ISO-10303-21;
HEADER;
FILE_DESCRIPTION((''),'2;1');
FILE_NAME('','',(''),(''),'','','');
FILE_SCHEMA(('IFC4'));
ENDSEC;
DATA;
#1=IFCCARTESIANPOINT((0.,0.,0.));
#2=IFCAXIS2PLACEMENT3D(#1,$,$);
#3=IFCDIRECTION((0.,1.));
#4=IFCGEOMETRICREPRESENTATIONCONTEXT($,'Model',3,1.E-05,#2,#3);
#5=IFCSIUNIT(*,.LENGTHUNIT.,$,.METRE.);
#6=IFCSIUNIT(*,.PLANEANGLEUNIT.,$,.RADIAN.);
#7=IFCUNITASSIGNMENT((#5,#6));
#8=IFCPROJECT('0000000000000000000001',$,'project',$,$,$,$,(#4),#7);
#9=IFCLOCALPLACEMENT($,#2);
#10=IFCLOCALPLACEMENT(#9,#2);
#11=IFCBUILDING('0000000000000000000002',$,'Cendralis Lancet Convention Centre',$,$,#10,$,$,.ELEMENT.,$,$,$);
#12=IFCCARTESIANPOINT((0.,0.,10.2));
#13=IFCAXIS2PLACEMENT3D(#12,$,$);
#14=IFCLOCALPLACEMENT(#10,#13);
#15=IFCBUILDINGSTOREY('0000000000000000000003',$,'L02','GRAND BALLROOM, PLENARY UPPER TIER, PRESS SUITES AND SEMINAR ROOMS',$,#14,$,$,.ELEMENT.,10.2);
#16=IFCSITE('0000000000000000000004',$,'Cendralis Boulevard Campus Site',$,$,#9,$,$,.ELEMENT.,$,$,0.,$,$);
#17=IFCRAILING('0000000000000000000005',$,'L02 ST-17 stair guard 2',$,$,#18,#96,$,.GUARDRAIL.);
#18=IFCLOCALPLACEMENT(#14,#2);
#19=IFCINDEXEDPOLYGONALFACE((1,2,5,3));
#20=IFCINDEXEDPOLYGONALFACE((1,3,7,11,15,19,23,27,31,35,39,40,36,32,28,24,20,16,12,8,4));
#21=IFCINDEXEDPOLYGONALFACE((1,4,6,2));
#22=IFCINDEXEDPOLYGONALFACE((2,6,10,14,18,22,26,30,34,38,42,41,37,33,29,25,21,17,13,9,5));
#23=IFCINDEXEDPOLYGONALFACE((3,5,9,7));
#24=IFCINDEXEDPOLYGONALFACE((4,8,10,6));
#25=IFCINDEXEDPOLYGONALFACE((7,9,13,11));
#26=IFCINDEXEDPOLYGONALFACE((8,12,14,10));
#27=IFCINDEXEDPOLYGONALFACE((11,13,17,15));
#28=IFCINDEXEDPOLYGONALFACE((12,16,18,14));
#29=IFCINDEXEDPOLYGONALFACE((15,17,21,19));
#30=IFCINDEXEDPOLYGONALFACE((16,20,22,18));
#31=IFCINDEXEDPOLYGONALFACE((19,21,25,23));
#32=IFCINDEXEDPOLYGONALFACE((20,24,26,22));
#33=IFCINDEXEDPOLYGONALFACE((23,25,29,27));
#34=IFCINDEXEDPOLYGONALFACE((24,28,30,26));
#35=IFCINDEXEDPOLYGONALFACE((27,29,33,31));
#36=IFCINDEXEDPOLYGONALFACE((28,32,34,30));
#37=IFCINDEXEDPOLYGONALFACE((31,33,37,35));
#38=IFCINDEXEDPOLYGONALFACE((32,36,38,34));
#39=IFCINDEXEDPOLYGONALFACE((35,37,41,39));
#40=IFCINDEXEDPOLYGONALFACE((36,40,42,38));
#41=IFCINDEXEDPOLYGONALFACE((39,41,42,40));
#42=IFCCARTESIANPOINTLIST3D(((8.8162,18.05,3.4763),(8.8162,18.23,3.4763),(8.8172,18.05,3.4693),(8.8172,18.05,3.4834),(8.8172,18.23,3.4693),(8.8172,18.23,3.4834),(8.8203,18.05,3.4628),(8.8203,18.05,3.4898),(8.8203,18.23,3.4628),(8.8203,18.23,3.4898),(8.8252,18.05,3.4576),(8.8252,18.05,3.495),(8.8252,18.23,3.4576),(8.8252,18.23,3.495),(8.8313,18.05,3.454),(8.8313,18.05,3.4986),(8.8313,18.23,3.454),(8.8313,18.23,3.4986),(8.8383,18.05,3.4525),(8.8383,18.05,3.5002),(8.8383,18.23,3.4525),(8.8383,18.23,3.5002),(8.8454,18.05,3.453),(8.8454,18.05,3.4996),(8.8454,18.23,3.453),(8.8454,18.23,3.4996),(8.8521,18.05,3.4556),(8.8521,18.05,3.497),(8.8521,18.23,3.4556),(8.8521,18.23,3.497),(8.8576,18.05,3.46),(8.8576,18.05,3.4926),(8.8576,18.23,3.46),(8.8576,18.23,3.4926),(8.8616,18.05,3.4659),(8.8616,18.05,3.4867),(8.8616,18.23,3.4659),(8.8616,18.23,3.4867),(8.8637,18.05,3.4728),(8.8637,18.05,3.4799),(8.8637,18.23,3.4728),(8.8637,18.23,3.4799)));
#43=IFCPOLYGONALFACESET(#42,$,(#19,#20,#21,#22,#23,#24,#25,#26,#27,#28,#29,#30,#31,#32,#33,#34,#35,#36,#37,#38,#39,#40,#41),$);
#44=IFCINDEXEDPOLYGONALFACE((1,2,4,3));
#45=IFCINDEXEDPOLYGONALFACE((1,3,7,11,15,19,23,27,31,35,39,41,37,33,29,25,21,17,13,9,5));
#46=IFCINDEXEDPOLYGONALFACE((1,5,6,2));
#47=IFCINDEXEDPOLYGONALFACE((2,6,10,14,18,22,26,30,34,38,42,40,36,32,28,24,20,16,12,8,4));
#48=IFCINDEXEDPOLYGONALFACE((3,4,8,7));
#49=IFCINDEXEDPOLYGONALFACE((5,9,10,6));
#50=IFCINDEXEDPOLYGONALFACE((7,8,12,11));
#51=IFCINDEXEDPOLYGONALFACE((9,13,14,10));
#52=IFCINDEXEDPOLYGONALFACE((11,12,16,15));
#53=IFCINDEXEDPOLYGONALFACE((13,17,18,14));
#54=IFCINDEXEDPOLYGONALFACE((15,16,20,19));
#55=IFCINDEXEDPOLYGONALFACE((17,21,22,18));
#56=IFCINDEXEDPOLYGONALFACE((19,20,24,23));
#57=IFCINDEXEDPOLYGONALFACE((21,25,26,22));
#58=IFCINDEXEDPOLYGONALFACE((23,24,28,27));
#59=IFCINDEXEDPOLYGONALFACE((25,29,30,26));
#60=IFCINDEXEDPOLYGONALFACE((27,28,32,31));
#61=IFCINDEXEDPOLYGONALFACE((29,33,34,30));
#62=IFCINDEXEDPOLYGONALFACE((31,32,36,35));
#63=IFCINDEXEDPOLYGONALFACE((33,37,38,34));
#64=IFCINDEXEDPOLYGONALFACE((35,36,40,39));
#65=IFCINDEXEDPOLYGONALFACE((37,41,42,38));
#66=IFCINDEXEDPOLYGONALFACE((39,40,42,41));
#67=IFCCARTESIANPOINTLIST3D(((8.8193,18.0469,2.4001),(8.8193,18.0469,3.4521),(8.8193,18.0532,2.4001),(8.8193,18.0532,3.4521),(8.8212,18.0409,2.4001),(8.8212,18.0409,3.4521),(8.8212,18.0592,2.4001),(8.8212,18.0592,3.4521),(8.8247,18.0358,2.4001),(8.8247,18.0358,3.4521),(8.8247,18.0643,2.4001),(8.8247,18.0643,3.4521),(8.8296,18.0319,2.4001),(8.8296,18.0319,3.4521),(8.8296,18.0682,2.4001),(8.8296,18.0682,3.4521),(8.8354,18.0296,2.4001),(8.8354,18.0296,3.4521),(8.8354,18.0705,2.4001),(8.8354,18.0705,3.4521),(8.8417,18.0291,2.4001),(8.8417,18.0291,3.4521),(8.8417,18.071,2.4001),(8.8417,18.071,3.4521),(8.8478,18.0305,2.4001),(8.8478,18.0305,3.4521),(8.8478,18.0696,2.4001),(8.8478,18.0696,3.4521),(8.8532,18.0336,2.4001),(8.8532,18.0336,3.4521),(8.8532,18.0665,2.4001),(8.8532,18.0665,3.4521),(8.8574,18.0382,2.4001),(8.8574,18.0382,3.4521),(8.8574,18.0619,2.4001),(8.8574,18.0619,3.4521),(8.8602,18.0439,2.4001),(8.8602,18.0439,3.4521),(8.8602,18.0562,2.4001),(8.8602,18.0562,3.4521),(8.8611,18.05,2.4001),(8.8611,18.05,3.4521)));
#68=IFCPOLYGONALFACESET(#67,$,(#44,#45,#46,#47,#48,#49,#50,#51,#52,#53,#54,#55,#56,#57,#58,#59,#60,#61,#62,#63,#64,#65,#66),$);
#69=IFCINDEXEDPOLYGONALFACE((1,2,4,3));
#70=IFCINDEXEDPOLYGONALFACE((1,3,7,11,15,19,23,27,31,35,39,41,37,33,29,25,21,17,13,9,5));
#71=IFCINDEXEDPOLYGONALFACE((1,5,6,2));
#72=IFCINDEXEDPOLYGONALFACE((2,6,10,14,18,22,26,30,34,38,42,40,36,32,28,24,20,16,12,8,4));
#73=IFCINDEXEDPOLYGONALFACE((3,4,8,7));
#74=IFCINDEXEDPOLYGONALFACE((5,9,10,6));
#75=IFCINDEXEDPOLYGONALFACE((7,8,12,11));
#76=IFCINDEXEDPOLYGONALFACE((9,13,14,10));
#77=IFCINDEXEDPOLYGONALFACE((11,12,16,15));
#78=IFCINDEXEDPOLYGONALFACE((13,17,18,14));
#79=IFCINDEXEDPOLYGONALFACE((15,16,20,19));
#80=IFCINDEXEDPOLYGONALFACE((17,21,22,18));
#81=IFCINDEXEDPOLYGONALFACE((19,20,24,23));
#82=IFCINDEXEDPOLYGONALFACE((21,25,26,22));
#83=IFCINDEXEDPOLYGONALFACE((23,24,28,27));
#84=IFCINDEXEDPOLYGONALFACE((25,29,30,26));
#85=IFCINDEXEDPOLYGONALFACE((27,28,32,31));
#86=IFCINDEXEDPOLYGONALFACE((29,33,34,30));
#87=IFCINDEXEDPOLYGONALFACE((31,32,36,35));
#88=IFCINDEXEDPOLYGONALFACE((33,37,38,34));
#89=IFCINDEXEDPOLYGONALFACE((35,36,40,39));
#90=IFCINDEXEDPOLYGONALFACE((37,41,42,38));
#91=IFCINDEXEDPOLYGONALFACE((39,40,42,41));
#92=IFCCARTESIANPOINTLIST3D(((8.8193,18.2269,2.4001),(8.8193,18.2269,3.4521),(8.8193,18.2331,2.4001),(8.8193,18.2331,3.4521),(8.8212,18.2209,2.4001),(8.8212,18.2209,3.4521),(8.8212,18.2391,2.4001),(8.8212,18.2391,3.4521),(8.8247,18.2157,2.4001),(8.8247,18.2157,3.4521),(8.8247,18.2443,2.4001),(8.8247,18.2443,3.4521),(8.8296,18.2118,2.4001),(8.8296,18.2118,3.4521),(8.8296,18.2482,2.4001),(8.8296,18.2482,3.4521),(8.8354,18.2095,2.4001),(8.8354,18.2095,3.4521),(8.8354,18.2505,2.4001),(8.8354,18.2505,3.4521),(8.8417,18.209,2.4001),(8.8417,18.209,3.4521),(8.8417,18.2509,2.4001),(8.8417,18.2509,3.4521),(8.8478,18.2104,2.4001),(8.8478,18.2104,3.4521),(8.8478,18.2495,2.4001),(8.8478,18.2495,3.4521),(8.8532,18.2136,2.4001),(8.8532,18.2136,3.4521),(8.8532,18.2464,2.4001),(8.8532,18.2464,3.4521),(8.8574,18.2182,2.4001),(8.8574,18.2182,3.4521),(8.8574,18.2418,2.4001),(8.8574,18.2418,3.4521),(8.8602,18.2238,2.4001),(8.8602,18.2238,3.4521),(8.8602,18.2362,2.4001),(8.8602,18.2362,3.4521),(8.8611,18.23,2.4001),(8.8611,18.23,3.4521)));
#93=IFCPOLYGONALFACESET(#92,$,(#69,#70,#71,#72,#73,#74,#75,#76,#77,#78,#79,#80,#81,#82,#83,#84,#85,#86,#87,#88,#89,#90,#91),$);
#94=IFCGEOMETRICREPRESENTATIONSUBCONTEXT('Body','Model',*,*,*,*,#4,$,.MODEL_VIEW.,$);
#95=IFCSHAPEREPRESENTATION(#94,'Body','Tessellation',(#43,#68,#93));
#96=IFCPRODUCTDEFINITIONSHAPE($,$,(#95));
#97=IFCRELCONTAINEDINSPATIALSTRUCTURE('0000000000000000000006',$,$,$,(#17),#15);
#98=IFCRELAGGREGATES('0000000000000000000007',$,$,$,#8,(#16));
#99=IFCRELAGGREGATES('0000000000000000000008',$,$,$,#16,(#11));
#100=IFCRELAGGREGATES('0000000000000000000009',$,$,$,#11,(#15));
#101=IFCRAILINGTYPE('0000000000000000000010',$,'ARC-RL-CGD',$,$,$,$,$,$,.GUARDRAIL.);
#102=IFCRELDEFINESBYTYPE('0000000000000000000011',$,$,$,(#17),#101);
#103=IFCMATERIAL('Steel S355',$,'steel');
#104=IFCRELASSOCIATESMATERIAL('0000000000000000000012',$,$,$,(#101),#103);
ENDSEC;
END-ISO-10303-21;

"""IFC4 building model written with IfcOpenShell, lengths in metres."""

from ifc_helpers import new_model, si_unit, direction, frame, origin, origin_2d, place, context, subcontext, project, spatial, circle, extrude, material, type_object, element, save


model = new_model("IFC4")

# Units and contexts
model_context = context("Model", 3, precision=1e-05, world=origin(), true_north=direction((0.0, 1.0)))
body_context = subcontext(model_context, "Body", "Model", "MODEL_VIEW")
ifc_project = project(units=[si_unit("LENGTHUNIT", "METRE"), si_unit("PLANEANGLEUNIT", "RADIAN")], contexts=[model_context])

# Site, building, storey
site_placement = place(None, origin())
site = spatial("IfcSite", under=ifc_project, at=site_placement, Name="Cendralis Boulevard Campus Site", CompositionType="ELEMENT", RefElevation=0.0)
building_placement = place(site_placement, origin())
building = spatial("IfcBuilding", under=site, at=building_placement, Name="Cendralis Lancet Convention Centre", CompositionType="ELEMENT")
storey_placement = place(building_placement, frame((0.0, 0.0, 10.2)))
storey = spatial("IfcBuildingStorey", under=building, at=storey_placement, Name="L02", Description="GRAND BALLROOM, PLENARY UPPER TIER, PRESS SUITES AND SEMINAR ROOMS", CompositionType="ELEMENT", Elevation=10.2)

# Shared definitions
ifc_material_1 = material(Name="Steel S355", Category="steel")

# Railing
railing_type_1 = type_object("IfcRailingType", Name="ARC-RL-CGD", PredefinedType="GUARDRAIL", material=ifc_material_1)
railing_1_placement = place(storey_placement, frame((8.8401, 18.05, 2.4001)))
element("IfcRailing", 1, at=railing_1_placement, inside=storey, type_object=railing_type_1, Name="L02 ST-17 stair guard 2", PredefinedType="GUARDRAIL", context=body_context, shape_type="SweptSolid", body=[
    extrude(circle(Radius=0.0239, at=origin_2d()), frame((0.0, 0.0, 1.0762), z_axis=(0.0, 1.0, 0.0), x_axis=(-1.0, 0.0, 0.0)), (0.0, 0.0, 1.0), 0.1799),
    extrude(circle(Radius=0.021, at=origin_2d()), origin(), (0.0, 0.0, 1.0), 1.052),
    extrude(circle(Radius=0.021, at=origin_2d()), frame((0.0, 0.1799, 0.0)), (0.0, 0.0, 1.0), 1.052),
])

save(model, "model.ifc")
